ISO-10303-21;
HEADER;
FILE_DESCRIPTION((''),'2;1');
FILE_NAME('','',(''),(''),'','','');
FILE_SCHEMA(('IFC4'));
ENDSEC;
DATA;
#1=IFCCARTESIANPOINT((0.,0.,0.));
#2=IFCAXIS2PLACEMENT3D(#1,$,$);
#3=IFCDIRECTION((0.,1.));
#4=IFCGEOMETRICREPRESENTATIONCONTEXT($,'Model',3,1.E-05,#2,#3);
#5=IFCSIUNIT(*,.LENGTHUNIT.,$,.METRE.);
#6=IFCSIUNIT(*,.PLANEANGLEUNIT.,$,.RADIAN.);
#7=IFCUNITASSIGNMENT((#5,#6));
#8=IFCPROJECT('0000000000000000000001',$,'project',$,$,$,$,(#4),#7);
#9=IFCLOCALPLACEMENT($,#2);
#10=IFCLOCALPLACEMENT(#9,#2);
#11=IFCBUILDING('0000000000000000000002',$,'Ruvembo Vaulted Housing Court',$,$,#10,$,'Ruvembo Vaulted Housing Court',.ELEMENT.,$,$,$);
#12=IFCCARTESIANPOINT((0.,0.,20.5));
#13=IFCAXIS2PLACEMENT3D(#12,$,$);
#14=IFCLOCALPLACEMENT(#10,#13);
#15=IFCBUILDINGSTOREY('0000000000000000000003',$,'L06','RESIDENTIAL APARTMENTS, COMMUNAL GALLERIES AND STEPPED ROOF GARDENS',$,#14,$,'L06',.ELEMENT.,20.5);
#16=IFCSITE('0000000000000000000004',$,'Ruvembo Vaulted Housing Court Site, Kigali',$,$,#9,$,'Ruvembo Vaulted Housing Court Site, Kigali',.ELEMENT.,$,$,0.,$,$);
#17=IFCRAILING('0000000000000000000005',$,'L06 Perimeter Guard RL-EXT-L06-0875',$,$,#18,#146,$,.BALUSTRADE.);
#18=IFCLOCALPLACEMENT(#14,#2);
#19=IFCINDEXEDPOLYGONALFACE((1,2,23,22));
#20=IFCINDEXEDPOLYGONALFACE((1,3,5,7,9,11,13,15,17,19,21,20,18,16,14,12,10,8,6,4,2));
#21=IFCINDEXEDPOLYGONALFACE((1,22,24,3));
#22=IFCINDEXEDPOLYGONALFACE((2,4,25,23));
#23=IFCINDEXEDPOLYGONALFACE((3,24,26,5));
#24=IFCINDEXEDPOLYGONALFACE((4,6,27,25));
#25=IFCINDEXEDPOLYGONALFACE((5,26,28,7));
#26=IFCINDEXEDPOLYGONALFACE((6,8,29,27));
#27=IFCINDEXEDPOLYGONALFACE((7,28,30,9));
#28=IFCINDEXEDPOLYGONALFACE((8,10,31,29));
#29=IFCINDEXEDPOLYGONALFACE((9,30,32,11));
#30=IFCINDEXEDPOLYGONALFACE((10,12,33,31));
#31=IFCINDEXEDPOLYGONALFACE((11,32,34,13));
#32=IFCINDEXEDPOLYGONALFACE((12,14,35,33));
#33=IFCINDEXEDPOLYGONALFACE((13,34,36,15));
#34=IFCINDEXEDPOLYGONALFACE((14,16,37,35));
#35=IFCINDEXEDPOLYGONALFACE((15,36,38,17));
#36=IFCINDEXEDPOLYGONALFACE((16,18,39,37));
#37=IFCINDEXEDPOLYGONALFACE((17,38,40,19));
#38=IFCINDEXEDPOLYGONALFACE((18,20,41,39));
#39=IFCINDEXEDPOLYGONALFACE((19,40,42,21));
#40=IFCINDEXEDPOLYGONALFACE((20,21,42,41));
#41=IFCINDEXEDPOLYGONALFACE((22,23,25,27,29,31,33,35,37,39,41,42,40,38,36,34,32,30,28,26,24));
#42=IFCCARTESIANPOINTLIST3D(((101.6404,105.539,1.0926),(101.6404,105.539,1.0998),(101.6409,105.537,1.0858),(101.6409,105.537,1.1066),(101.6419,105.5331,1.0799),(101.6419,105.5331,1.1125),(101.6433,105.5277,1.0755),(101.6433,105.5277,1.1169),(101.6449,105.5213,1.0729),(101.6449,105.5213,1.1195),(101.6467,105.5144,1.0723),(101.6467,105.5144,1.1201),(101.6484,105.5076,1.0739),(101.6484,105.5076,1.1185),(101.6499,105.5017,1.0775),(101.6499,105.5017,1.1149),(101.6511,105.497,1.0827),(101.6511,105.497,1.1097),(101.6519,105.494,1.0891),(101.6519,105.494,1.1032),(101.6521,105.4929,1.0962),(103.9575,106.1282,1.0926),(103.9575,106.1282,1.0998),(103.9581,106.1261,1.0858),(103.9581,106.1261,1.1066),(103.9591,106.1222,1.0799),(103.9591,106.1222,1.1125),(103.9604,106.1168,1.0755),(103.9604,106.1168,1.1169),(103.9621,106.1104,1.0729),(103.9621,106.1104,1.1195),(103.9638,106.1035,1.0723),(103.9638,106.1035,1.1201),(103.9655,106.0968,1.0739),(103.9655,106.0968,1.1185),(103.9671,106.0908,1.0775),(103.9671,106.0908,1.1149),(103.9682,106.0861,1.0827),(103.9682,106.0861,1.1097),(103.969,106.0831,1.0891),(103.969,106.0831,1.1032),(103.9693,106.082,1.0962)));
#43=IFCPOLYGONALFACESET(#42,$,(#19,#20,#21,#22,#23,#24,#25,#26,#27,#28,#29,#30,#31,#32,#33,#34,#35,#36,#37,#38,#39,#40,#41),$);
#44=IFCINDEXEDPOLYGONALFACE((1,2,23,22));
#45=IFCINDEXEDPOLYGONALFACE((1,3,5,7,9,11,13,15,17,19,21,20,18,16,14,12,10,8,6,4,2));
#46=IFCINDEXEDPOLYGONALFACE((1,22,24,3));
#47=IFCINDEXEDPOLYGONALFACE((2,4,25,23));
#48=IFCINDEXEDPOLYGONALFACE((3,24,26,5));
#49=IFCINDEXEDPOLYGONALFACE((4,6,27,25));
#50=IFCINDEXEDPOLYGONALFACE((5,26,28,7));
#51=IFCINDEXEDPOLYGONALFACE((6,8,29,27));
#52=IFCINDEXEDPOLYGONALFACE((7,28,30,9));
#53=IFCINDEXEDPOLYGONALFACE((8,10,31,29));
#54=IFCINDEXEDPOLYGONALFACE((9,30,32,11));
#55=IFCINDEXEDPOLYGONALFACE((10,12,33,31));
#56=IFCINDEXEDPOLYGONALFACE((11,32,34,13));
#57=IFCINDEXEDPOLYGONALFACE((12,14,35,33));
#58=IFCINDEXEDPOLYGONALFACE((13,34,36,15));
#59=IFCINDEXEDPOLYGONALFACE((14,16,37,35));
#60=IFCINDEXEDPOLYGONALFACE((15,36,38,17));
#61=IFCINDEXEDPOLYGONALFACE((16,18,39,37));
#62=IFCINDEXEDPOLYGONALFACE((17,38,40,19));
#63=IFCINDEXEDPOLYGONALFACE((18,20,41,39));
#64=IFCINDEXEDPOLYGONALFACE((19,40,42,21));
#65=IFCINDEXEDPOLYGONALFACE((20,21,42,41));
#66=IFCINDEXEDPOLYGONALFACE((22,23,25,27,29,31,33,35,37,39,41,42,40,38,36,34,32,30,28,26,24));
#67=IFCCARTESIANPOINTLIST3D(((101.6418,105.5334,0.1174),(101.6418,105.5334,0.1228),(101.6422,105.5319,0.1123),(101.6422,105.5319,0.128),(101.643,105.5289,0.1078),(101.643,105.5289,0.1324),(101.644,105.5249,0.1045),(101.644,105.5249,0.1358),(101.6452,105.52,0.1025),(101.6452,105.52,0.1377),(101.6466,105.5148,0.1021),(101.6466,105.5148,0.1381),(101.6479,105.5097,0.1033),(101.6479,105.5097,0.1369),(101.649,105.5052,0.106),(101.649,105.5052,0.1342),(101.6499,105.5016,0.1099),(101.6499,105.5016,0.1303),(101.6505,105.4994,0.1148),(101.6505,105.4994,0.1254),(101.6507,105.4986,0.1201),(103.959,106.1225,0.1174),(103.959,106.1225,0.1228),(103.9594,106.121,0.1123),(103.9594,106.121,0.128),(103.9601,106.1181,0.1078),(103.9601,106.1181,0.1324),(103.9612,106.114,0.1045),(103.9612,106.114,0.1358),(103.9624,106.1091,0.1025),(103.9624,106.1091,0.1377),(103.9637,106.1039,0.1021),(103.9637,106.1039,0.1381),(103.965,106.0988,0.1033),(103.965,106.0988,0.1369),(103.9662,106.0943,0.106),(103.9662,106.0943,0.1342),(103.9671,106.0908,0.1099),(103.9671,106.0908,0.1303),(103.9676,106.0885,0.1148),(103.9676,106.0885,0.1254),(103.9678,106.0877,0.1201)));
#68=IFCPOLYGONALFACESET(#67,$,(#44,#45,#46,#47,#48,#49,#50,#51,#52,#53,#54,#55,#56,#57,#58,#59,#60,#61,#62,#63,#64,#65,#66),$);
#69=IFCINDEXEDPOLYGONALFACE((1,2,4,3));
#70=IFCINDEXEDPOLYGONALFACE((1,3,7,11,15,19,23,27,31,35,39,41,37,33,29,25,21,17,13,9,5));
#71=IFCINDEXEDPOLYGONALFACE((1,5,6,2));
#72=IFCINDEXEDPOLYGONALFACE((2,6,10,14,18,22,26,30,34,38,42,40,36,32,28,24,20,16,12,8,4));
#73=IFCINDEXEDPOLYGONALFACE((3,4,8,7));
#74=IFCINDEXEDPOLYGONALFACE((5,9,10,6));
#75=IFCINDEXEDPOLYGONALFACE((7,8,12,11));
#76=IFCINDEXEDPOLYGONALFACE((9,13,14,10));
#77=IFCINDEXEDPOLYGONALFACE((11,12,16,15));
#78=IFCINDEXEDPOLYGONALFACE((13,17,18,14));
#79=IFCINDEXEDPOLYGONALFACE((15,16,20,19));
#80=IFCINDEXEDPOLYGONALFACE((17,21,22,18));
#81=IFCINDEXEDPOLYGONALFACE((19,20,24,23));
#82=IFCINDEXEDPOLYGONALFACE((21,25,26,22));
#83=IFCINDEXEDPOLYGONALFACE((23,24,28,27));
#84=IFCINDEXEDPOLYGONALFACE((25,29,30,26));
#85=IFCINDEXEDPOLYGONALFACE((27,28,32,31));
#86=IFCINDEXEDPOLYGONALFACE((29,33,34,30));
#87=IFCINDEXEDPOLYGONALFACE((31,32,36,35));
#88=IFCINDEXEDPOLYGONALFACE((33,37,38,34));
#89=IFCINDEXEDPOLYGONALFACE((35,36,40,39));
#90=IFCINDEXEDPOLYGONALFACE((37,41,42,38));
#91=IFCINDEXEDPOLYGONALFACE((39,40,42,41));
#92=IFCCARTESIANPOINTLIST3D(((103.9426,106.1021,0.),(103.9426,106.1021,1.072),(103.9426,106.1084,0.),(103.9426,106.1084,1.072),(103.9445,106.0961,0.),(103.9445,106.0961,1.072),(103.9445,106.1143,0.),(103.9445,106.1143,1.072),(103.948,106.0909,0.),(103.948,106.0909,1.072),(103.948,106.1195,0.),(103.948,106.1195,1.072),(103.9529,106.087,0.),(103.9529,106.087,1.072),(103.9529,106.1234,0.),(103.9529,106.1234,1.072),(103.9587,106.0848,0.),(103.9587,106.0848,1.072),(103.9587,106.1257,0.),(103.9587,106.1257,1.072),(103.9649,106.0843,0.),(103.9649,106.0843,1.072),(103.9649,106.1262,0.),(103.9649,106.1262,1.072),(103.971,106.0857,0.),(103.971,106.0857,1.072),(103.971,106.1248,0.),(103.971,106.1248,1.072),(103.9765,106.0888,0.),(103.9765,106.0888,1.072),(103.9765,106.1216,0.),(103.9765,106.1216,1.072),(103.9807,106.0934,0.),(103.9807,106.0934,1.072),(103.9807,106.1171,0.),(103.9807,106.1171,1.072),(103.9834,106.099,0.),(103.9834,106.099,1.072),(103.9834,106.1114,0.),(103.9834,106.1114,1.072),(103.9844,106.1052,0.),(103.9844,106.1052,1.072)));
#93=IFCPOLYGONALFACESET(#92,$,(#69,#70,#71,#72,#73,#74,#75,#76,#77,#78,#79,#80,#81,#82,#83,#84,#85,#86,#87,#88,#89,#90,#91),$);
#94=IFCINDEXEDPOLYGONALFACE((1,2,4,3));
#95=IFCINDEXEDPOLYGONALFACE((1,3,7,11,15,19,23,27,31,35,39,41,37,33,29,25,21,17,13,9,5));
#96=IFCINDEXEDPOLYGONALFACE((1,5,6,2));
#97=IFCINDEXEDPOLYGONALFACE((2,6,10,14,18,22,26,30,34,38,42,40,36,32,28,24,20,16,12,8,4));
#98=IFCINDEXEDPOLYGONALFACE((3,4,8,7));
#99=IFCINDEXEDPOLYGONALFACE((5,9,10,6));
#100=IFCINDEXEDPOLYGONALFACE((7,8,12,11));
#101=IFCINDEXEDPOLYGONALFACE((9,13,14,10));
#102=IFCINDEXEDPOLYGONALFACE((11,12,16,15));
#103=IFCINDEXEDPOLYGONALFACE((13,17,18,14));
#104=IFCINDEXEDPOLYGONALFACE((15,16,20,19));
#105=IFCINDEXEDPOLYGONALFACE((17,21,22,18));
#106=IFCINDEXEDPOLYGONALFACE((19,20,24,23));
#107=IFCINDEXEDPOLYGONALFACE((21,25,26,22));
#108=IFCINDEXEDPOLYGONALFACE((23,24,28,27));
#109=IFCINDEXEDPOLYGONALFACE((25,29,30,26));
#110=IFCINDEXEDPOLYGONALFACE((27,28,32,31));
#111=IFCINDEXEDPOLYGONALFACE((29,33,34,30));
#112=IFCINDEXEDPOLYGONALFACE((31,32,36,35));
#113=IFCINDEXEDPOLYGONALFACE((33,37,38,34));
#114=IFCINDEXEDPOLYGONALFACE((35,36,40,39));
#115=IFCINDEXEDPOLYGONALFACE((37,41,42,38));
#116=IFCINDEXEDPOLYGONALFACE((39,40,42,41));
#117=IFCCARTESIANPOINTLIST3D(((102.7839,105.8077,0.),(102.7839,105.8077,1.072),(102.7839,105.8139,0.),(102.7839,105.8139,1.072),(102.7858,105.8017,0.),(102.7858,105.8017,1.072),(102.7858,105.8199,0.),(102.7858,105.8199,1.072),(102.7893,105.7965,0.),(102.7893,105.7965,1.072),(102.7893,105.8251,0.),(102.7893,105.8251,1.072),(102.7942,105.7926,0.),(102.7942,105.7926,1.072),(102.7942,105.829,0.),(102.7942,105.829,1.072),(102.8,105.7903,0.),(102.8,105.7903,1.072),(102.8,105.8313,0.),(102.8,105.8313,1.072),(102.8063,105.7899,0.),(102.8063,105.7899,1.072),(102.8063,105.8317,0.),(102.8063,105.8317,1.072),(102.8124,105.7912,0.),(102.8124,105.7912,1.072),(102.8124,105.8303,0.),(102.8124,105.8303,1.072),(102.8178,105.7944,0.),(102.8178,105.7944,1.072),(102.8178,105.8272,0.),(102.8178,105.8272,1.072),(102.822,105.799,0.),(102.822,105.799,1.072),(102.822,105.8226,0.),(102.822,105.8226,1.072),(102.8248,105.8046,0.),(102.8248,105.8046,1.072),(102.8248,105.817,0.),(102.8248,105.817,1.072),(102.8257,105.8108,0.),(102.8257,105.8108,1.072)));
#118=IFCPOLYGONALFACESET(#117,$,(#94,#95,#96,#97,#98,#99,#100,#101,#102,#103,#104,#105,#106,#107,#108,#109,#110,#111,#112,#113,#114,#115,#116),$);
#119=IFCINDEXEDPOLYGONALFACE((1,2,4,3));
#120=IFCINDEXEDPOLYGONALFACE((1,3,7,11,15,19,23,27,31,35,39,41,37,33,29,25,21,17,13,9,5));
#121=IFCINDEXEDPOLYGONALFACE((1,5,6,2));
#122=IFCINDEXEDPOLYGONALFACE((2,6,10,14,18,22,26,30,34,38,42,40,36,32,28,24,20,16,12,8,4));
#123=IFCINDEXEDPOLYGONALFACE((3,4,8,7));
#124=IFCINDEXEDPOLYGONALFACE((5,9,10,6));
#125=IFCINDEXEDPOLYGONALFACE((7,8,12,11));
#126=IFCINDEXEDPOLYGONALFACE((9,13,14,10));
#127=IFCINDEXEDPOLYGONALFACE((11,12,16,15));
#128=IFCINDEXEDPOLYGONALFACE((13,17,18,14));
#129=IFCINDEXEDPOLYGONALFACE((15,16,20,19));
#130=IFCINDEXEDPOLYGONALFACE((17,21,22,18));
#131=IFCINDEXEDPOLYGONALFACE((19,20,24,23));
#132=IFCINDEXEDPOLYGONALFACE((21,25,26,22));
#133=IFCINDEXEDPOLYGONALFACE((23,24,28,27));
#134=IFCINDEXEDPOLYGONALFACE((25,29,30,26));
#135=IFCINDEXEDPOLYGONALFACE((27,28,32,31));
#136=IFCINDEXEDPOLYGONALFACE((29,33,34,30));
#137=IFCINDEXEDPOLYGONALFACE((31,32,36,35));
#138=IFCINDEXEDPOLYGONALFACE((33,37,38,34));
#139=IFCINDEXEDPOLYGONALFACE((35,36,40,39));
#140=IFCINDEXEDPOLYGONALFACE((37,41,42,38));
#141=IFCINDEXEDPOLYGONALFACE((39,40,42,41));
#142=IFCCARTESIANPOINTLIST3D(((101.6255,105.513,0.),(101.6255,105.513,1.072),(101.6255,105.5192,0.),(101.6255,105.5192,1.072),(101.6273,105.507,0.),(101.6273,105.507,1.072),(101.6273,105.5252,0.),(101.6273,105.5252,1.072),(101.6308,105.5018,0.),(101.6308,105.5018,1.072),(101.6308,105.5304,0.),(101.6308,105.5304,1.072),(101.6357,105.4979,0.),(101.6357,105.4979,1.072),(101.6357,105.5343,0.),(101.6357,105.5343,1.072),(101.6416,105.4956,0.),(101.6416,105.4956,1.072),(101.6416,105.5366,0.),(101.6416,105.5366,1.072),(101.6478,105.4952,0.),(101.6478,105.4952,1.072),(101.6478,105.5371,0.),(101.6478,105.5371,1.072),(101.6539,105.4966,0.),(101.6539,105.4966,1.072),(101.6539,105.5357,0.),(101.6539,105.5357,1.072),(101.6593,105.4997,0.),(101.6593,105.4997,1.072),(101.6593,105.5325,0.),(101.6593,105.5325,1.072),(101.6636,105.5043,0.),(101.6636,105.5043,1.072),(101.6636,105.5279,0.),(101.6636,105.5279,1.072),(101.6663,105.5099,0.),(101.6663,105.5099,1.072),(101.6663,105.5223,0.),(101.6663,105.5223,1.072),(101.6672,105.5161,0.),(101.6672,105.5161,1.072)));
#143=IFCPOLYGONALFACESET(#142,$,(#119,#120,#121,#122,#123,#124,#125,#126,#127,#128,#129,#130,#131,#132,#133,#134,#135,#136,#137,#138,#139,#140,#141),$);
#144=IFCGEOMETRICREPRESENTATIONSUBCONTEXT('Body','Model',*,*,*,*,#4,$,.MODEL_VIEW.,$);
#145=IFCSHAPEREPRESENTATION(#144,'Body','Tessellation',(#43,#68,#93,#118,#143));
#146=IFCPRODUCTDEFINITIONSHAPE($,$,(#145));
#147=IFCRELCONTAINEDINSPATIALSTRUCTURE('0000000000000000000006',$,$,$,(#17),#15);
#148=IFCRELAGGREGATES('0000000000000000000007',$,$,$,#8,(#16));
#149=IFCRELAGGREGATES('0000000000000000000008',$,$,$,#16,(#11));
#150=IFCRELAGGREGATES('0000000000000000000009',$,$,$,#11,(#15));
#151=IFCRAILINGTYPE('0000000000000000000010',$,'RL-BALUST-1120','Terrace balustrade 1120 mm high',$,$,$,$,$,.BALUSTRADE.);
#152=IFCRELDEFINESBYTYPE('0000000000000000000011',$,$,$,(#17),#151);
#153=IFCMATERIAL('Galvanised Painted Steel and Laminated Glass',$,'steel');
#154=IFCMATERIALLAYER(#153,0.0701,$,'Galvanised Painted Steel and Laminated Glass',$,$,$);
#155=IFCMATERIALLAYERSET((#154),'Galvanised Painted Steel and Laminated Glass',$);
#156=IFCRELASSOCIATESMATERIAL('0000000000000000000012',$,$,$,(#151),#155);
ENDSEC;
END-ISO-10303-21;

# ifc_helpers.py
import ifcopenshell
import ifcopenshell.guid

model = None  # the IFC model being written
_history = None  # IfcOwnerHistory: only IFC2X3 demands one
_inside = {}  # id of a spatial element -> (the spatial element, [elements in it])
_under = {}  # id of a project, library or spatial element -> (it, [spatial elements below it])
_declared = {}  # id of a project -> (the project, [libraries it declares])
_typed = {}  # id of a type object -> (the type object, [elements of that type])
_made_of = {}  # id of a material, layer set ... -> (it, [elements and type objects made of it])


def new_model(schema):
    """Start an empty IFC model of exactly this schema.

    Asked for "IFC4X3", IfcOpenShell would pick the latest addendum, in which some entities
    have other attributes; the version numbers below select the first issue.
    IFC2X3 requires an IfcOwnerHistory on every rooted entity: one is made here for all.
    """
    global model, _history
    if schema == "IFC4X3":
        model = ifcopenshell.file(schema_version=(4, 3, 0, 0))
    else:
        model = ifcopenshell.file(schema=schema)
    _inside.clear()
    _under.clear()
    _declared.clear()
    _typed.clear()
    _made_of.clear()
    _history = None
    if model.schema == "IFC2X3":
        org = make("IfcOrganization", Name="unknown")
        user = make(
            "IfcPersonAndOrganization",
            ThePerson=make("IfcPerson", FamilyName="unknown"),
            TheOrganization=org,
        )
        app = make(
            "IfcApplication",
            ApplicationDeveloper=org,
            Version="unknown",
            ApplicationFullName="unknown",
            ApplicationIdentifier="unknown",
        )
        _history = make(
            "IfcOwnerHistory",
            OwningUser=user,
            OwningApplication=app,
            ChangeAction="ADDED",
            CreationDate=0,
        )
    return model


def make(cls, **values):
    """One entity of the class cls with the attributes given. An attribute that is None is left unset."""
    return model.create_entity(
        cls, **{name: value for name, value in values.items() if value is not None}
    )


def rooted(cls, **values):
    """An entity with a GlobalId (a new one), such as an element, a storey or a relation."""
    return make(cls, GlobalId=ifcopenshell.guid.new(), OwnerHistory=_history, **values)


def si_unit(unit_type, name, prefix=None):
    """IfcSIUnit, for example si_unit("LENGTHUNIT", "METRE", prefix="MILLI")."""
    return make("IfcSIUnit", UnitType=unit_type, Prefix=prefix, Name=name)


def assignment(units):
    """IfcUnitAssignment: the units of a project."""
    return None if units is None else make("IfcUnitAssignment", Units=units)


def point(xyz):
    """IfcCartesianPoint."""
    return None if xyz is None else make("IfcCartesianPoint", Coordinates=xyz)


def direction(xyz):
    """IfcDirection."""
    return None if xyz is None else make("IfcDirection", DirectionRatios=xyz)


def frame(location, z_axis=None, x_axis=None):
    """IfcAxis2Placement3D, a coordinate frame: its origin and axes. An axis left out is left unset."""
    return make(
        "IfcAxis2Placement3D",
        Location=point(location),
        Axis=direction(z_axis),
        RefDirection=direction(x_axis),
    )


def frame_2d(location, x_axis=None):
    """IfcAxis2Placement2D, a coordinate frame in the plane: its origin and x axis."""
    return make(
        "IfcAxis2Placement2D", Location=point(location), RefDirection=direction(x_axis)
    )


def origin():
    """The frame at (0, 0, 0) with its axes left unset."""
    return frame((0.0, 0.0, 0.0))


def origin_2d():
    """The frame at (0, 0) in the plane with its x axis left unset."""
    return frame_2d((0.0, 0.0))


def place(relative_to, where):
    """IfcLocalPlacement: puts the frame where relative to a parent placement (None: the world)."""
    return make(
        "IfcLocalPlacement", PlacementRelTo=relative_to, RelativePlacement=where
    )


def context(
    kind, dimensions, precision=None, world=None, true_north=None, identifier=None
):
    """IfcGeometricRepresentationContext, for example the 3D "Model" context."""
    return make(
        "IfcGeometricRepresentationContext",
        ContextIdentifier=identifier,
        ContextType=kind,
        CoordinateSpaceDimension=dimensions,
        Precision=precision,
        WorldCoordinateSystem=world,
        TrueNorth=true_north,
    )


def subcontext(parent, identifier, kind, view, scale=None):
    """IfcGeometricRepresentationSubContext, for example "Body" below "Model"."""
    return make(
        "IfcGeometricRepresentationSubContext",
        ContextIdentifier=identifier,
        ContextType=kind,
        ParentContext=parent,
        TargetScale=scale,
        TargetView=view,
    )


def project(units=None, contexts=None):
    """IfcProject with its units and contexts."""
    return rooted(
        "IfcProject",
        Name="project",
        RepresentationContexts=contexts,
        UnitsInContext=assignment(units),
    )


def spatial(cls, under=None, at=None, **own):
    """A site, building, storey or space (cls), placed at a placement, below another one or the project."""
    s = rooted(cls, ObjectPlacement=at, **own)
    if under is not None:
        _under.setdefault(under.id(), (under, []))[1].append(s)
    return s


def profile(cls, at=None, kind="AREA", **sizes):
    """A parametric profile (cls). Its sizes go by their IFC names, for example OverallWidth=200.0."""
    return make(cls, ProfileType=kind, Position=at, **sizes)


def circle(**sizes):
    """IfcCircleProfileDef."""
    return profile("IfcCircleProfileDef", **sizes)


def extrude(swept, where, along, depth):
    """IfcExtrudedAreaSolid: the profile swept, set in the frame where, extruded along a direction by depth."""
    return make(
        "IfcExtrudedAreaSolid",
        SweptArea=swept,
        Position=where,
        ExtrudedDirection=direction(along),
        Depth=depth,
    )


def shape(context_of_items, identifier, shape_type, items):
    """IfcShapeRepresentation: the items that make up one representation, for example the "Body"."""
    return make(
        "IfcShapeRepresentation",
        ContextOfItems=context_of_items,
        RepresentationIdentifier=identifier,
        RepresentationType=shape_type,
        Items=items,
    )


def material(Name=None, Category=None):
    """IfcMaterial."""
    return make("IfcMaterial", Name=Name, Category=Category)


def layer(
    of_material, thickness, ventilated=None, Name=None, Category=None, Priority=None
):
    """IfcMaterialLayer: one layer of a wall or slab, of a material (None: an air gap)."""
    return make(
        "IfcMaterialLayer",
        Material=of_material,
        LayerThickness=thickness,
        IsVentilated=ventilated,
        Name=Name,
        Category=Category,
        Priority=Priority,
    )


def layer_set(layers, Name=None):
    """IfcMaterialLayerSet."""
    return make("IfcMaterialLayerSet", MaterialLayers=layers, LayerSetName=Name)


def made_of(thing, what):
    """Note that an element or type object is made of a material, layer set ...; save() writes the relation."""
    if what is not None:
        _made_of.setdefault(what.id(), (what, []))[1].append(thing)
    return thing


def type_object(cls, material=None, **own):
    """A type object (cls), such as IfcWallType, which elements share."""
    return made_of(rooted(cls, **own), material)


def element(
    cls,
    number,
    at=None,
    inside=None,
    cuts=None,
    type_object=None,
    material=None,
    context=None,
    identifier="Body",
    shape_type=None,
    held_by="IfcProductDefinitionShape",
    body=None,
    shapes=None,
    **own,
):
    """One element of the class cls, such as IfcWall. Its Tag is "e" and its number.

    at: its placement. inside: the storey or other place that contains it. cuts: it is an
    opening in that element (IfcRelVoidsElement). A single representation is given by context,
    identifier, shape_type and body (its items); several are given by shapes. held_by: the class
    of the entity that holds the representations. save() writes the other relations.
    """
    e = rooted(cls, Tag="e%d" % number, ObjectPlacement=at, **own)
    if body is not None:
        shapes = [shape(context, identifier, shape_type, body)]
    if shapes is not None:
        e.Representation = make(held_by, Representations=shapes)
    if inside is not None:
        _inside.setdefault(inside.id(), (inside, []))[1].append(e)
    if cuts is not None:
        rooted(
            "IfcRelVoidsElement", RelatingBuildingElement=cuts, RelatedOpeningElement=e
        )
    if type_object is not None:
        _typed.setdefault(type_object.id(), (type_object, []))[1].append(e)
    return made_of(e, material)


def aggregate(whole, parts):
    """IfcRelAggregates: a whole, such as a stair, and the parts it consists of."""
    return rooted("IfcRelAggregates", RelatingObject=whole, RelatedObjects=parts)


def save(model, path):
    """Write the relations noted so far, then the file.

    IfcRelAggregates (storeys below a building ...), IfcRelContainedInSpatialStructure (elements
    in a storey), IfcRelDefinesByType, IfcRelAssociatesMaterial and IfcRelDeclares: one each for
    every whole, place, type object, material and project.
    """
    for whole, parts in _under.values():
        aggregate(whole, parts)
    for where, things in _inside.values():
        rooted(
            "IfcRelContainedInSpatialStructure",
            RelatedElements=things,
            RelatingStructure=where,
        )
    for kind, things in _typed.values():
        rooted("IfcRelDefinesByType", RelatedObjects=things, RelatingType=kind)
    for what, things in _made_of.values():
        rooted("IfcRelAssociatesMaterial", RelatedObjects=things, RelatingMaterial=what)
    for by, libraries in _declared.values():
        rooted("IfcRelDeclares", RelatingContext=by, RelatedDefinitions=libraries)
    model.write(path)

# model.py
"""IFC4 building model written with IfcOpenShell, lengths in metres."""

from ifc_helpers import new_model, si_unit, direction, frame, origin, origin_2d, place, context, subcontext, project, spatial, circle, extrude, material, layer, layer_set, type_object, element, save


model = new_model("IFC4")

# Units and contexts
model_context = context("Model", 3, precision=1e-05, world=origin(), true_north=direction((0.0, 1.0)))
body_context = subcontext(model_context, "Body", "Model", "MODEL_VIEW")
ifc_project = project(units=[si_unit("LENGTHUNIT", "METRE"), si_unit("PLANEANGLEUNIT", "RADIAN")], contexts=[model_context])

# Site, building, storey
site_placement = place(None, origin())
site = spatial("IfcSite", under=ifc_project, at=site_placement, Name="Ruvembo Vaulted Housing Court Site, Kigali", LongName="Ruvembo Vaulted Housing Court Site, Kigali", CompositionType="ELEMENT", RefElevation=0.0)
building_placement = place(site_placement, origin())
building = spatial("IfcBuilding", under=site, at=building_placement, Name="Ruvembo Vaulted Housing Court", LongName="Ruvembo Vaulted Housing Court", CompositionType="ELEMENT")
storey_placement = place(building_placement, frame((0.0, 0.0, 20.5)))
storey = spatial("IfcBuildingStorey", under=building, at=storey_placement, Name="L06", Description="RESIDENTIAL APARTMENTS, COMMUNAL GALLERIES AND STEPPED ROOF GARDENS", LongName="L06", CompositionType="ELEMENT", Elevation=20.5)

# Railing
ifc_material_1 = material(Name="Galvanised Painted Steel and Laminated Glass", Category="steel")
ifc_layer = layer(ifc_material_1, 0.0701, Name="Galvanised Painted Steel and Laminated Glass")
ifc_layer_set = layer_set([ifc_layer], Name="Galvanised Painted Steel and Laminated Glass")
railing_type = type_object("IfcRailingType", Name="RL-BALUST-1120", Description="Terrace balustrade 1120 mm high", PredefinedType="BALUSTRADE", material=ifc_layer_set)
railing_1_placement = place(storey_placement, frame((103.9634, 106.1052, 0.0)))
element("IfcRailing", 1, at=railing_1_placement, inside=storey, type_object=railing_type, Name="L06 Perimeter Guard RL-EXT-L06-0875", PredefinedType="BALUSTRADE", context=body_context, shape_type="SweptSolid", body=[
    extrude(circle(Radius=0.0239, at=origin_2d()), frame((0.0, 0.0, 1.0962), z_axis=(-0.969168, -0.246402, 0.0), x_axis=(0.246402, -0.969168, 0.0)), (0.0, 0.0, 1.0), 2.3909),
    extrude(circle(Radius=0.0181, at=origin_2d()), frame((0.0, 0.0, 0.1201), z_axis=(-0.969168, -0.246402, 0.0), x_axis=(0.246402, -0.969168, 0.0)), (0.0, 0.0, 1.0), 2.3909),
    extrude(circle(Radius=0.021, at=origin_2d()), origin(), (0.0, 0.0, 1.0), 1.072),
    extrude(circle(Radius=0.021, at=origin_2d()), frame((-1.1587, -0.2944, 0.0)), (0.0, 0.0, 1.0), 1.072),
    extrude(circle(Radius=0.021, at=origin_2d()), frame((-2.3171, -0.5891, 0.0)), (0.0, 0.0, 1.0), 1.072),
])

save(model, "model.ifc")
